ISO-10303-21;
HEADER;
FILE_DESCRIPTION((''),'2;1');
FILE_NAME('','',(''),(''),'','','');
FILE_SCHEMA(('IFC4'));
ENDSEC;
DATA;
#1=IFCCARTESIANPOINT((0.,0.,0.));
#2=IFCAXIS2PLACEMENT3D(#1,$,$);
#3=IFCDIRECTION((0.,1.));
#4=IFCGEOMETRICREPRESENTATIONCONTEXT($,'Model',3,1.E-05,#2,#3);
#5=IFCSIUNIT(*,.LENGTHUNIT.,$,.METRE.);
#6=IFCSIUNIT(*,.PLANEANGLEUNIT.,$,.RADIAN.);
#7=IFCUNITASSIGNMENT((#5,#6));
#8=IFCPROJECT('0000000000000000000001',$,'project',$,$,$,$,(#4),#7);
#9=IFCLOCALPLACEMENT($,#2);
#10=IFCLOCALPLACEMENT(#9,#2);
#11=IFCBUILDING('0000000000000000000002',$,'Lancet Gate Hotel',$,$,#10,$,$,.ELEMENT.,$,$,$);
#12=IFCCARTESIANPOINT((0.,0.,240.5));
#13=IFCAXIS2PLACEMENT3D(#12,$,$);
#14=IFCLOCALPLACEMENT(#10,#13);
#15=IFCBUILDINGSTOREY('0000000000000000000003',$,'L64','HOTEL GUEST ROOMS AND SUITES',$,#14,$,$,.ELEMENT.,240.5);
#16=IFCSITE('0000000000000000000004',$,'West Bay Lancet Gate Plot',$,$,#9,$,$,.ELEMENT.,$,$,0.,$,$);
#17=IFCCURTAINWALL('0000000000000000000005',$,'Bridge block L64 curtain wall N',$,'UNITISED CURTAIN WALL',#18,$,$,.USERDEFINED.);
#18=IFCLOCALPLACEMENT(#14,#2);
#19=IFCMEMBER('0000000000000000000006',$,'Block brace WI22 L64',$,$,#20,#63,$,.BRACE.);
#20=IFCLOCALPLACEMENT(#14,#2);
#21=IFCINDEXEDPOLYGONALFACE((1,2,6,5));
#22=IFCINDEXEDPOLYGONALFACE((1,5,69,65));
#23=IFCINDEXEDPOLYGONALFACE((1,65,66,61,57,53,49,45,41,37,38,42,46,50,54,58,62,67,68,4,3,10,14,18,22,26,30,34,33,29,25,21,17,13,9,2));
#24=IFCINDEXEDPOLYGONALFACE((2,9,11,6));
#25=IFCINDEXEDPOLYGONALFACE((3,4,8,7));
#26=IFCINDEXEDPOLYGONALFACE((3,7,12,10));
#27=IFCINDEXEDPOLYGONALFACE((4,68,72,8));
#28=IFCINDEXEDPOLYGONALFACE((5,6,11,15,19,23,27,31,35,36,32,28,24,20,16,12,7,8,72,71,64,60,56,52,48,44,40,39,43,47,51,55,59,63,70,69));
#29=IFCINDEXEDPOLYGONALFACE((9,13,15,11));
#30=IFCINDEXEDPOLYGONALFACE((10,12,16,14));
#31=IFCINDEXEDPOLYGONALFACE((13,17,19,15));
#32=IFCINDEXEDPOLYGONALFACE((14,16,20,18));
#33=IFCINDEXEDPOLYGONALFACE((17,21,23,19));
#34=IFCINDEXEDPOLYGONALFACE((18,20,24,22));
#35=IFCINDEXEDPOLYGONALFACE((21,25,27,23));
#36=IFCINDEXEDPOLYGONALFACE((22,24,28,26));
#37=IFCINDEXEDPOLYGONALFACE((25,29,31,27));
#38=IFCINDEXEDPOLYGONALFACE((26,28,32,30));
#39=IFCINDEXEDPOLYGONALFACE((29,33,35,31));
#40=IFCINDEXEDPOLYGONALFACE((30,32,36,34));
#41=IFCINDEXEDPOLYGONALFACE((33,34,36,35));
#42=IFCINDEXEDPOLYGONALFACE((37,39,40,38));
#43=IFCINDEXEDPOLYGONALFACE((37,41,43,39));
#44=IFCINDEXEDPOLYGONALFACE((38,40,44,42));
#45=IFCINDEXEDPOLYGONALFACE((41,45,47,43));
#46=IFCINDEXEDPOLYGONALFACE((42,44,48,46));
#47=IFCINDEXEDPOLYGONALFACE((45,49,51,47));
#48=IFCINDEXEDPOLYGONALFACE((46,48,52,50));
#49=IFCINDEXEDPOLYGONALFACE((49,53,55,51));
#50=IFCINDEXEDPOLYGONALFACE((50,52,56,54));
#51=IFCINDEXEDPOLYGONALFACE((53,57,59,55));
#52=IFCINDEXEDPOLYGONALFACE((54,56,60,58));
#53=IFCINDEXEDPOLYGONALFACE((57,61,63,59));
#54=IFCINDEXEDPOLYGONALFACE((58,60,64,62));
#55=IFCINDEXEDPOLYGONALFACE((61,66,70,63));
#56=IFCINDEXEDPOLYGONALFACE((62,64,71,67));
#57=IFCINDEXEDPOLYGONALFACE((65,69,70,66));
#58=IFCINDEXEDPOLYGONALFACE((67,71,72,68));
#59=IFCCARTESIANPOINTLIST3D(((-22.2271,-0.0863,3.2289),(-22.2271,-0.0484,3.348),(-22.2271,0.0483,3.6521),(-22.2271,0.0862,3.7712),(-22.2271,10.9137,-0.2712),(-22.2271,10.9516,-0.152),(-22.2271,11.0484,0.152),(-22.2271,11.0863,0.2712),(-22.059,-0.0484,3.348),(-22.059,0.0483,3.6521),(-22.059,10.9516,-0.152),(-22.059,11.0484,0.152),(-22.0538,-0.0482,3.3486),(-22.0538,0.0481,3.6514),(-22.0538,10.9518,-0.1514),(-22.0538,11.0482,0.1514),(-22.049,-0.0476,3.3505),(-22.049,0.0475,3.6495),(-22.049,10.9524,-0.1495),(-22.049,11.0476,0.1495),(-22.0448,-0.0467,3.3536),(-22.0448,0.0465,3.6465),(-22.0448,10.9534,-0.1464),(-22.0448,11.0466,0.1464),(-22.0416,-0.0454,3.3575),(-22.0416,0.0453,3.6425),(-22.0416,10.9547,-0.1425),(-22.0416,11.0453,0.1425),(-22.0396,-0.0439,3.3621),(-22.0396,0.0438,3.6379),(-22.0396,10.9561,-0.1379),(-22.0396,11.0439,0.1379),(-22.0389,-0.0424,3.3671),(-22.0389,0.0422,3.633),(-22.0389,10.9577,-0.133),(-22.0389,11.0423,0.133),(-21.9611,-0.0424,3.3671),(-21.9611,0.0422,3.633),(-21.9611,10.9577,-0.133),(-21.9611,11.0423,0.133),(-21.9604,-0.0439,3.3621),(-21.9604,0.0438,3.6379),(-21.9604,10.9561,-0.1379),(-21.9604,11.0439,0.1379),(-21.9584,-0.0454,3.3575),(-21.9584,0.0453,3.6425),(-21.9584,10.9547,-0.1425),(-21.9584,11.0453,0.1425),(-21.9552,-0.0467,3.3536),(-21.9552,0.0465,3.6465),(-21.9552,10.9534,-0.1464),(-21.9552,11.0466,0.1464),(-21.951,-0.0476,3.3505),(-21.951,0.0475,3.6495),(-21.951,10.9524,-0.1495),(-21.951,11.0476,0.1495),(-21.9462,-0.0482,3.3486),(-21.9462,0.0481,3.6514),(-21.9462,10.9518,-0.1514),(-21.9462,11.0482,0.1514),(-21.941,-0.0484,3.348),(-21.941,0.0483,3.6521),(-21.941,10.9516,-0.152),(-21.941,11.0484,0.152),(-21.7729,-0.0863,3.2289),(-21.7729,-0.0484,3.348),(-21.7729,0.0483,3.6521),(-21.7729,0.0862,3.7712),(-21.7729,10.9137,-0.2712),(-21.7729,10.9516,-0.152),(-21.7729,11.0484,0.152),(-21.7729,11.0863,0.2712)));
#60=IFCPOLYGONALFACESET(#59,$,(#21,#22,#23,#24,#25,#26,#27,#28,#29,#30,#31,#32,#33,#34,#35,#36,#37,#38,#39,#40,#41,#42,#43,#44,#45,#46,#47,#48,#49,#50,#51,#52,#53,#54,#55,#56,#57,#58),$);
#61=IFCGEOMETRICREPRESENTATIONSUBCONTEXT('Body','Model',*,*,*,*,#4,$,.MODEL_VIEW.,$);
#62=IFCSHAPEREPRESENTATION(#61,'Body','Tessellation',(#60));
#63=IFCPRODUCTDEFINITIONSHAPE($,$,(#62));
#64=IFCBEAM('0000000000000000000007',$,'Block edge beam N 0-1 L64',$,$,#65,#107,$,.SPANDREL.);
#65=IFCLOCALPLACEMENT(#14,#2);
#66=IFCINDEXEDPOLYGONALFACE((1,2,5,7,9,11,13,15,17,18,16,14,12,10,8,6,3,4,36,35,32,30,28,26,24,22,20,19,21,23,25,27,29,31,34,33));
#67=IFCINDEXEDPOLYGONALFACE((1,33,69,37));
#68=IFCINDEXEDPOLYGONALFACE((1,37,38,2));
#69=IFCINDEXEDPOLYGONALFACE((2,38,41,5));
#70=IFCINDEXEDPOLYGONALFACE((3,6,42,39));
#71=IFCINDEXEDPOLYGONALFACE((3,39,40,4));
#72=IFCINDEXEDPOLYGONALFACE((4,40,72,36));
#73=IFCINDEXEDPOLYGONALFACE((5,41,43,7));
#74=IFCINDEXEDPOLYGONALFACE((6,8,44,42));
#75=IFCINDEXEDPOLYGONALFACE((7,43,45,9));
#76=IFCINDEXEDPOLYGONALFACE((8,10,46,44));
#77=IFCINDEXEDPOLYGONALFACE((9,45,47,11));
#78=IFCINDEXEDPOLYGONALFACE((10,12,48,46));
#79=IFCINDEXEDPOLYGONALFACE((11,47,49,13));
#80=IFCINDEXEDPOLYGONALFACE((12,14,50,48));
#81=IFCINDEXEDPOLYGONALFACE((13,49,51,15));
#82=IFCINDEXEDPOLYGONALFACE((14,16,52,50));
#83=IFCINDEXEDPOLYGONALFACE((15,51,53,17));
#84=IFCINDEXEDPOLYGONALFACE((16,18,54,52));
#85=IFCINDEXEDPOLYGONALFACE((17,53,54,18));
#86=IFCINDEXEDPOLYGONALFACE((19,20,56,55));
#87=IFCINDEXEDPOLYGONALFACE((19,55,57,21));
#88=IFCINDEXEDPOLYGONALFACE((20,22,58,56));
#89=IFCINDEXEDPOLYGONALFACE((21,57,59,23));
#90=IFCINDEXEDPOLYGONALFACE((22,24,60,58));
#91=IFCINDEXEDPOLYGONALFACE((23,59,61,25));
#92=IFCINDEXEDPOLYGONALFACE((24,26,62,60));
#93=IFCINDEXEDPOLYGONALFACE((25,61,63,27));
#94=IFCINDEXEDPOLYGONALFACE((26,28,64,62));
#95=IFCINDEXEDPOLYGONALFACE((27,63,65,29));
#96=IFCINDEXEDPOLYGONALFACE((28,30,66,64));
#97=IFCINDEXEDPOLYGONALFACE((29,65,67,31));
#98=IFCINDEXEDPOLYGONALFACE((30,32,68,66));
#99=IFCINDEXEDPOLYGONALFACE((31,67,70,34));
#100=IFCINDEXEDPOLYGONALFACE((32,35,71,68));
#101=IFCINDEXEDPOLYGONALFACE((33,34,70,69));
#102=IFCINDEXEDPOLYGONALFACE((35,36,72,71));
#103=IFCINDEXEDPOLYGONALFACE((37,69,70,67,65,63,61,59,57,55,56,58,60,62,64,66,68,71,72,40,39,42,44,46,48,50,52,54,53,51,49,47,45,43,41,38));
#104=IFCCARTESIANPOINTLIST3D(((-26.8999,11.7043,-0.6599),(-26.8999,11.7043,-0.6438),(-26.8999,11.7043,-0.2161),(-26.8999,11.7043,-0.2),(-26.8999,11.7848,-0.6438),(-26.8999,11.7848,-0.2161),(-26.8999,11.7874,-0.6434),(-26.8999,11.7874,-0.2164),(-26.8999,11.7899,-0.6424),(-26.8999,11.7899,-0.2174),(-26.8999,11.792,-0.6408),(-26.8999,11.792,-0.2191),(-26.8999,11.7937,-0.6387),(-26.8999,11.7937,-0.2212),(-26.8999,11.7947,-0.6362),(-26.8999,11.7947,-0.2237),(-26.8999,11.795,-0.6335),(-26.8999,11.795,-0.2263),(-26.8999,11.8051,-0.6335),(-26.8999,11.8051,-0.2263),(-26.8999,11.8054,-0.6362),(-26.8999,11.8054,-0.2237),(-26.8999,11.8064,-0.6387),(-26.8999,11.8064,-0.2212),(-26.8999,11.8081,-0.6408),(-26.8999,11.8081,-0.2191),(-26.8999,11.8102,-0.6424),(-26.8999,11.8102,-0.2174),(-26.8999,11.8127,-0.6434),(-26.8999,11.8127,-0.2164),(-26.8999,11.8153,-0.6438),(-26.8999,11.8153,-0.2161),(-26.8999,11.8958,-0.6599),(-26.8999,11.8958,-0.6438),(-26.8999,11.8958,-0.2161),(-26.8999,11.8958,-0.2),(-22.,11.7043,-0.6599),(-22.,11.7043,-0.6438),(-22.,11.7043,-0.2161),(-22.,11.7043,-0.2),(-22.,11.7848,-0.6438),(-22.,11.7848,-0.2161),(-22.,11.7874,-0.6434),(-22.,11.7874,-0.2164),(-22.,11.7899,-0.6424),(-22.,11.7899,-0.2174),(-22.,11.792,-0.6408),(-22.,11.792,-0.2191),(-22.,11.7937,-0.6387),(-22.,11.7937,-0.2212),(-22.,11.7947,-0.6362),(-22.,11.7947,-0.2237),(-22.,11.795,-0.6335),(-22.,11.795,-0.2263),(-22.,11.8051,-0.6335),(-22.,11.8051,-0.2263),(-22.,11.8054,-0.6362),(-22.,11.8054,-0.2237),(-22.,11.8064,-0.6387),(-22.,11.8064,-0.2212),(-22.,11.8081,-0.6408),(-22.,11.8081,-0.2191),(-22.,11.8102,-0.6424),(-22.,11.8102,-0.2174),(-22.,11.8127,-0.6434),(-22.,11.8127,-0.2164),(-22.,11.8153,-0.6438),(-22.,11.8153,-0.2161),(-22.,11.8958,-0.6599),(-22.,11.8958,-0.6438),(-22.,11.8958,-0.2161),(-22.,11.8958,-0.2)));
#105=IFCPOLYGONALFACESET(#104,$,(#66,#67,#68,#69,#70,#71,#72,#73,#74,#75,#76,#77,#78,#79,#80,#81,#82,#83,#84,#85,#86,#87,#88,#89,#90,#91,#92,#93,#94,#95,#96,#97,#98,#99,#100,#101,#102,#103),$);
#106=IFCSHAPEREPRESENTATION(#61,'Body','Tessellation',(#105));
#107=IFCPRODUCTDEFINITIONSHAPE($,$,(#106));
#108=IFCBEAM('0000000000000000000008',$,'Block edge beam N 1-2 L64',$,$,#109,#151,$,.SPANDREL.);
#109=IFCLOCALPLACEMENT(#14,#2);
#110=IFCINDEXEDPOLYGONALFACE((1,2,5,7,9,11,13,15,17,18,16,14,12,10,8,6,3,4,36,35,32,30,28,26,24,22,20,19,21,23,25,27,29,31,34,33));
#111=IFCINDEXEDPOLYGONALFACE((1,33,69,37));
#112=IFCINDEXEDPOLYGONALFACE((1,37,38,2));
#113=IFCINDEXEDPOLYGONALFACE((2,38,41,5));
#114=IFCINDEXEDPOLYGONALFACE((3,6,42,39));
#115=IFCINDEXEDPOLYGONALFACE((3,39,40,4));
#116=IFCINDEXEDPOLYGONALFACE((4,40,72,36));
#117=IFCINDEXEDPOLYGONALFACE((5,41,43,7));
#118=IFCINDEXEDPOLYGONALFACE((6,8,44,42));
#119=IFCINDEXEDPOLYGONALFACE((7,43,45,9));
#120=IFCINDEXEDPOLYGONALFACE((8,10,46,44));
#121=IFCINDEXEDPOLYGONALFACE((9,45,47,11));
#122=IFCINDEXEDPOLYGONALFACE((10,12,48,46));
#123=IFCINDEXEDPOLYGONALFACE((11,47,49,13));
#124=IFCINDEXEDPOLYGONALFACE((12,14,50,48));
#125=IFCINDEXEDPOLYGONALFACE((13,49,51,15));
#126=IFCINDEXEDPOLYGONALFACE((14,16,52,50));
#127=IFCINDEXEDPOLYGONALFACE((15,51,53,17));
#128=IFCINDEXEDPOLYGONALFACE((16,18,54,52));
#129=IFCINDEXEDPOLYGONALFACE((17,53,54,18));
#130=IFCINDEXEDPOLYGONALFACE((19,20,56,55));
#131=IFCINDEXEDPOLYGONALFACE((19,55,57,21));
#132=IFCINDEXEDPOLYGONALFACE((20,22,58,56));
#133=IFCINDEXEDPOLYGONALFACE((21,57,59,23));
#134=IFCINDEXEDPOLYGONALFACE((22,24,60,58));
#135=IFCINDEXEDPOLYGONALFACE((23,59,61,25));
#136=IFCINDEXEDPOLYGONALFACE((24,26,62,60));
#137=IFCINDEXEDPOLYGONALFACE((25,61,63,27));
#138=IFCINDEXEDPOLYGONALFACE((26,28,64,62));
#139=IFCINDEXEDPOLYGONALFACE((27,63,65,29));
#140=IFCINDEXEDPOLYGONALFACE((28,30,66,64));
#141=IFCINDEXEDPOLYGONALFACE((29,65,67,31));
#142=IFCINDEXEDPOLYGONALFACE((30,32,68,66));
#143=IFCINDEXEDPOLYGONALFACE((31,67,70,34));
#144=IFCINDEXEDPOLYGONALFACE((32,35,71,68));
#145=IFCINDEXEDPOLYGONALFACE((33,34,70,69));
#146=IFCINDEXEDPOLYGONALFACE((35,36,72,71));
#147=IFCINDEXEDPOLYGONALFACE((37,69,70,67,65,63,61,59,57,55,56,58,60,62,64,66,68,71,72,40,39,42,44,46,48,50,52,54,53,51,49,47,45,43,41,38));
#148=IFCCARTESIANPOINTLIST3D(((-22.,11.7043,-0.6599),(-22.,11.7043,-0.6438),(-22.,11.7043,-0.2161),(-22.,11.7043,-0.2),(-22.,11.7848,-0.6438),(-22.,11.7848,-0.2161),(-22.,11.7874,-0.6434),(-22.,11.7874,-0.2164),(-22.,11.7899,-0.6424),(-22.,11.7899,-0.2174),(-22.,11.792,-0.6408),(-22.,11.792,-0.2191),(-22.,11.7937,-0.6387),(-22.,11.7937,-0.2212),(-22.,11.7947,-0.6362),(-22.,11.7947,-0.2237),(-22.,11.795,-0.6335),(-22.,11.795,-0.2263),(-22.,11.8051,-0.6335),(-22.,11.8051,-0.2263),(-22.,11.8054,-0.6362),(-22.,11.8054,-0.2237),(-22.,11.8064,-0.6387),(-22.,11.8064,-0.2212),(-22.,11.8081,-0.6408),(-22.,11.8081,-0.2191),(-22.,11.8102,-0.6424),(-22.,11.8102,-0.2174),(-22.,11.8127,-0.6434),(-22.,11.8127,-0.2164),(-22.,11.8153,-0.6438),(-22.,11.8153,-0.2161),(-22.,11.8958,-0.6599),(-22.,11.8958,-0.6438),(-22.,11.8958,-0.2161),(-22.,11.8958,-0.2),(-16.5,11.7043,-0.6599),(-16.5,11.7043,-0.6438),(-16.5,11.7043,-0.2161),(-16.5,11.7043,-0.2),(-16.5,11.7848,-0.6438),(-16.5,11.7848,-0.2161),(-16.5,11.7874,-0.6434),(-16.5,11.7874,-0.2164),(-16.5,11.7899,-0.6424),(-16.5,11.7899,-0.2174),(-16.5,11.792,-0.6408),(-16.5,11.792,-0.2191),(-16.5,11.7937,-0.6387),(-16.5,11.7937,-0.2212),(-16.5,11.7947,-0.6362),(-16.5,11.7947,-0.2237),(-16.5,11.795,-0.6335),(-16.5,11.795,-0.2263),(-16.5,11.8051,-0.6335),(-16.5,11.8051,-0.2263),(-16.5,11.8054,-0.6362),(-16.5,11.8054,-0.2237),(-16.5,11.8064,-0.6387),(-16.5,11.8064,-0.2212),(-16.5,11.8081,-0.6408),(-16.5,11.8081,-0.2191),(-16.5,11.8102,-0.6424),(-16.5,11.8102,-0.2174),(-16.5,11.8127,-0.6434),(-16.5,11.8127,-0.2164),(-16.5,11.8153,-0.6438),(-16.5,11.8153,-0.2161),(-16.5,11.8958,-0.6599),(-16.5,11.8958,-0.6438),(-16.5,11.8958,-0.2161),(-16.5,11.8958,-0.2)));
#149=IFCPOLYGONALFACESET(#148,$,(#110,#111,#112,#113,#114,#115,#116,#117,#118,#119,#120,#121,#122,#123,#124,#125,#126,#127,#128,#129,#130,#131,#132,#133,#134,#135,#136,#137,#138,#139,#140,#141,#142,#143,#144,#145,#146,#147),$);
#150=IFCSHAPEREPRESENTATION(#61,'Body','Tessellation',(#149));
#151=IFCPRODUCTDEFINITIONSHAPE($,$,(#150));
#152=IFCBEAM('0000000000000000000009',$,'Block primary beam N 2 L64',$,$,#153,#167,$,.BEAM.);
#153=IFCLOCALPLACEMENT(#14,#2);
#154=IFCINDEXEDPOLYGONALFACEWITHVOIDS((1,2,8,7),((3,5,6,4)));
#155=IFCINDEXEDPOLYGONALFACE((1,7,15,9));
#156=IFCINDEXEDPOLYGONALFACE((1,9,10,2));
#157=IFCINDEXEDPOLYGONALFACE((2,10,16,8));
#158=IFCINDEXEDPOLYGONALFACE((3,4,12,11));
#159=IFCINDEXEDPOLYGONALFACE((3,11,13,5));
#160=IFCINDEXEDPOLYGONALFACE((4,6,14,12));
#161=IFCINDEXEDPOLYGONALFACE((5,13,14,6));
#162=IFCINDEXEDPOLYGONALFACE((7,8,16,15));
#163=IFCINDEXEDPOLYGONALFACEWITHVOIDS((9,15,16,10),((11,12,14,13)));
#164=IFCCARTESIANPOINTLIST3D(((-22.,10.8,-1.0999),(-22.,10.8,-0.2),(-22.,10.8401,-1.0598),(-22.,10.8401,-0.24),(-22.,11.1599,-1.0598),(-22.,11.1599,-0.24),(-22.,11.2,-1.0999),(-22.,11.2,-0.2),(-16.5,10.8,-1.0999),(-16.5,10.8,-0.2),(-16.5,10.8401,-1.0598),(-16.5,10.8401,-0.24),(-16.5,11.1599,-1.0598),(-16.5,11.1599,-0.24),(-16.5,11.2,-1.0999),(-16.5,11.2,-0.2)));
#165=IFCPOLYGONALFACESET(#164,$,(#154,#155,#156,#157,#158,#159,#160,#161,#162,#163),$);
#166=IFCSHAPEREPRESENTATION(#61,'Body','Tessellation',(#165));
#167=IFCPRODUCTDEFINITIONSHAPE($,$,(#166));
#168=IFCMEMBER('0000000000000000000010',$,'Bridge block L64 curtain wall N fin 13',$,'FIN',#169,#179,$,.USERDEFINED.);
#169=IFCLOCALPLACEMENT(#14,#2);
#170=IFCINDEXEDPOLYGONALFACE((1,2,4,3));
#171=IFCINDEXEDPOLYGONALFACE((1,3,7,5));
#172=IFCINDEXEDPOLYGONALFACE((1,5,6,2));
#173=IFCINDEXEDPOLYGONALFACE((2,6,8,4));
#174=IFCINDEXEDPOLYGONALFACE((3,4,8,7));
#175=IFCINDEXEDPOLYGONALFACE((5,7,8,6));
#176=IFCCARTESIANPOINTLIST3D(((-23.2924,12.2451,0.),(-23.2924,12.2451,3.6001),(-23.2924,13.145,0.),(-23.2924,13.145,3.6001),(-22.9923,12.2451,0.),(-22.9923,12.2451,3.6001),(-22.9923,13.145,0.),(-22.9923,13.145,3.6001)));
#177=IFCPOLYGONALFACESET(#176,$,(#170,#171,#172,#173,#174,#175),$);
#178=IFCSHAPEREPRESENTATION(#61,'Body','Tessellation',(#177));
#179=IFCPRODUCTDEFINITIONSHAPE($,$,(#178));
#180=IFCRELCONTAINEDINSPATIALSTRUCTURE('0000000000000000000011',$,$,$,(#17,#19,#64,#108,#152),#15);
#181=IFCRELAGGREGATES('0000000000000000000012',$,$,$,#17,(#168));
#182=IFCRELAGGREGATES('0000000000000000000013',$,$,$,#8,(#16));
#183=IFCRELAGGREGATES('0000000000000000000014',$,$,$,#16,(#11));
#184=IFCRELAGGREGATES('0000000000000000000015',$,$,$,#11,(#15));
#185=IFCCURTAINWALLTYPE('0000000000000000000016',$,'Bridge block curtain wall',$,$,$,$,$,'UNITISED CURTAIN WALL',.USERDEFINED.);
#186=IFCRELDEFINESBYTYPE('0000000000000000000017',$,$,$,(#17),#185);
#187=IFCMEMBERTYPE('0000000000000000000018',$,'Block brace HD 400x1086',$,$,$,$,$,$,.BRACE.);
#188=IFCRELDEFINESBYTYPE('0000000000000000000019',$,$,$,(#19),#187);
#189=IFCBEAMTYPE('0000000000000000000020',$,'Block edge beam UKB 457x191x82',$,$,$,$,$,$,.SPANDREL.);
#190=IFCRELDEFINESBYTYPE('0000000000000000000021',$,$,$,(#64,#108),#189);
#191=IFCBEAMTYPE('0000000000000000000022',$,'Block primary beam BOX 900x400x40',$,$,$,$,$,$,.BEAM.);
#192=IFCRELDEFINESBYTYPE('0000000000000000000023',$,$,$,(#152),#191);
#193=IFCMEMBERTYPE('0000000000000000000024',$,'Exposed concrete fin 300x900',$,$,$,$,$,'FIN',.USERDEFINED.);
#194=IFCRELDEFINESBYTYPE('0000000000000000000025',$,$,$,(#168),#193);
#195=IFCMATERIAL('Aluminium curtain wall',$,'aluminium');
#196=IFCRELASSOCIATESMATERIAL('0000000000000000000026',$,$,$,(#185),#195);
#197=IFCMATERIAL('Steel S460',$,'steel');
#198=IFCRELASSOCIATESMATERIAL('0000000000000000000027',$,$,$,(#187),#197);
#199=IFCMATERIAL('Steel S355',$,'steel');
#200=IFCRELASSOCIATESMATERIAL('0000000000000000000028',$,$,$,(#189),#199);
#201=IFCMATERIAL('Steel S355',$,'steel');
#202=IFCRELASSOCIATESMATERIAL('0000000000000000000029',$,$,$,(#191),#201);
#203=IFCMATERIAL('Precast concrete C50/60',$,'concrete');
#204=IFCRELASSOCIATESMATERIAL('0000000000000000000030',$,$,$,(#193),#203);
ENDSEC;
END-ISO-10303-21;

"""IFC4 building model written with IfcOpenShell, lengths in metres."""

from ifc_helpers import new_model, si_unit, direction, frame, origin, origin_2d, place, context, subcontext, project, spatial, rectangle, hollow_rectangle, i_section, extrude, material, material_profile, profile_set, type_object, element, aggregate, save


model = new_model("IFC4")

# Units and contexts
model_context = context("Model", 3, precision=1e-05, world=origin(), true_north=direction((0.0, 1.0)))
body_context = subcontext(model_context, "Body", "Model", "MODEL_VIEW")
ifc_project = project(units=[si_unit("LENGTHUNIT", "METRE"), si_unit("PLANEANGLEUNIT", "RADIAN")], contexts=[model_context])

# Site, building, storey
site_placement = place(None, origin())
site = spatial("IfcSite", under=ifc_project, at=site_placement, Name="West Bay Lancet Gate Plot", CompositionType="ELEMENT", RefElevation=0.0)
building_placement = place(site_placement, origin())
building = spatial("IfcBuilding", under=site, at=building_placement, Name="Lancet Gate Hotel", CompositionType="ELEMENT")
storey_placement = place(building_placement, frame((0.0, 0.0, 240.5)))
storey = spatial("IfcBuildingStorey", under=building, at=storey_placement, Name="L64", Description="HOTEL GUEST ROOMS AND SUITES", CompositionType="ELEMENT", Elevation=240.5)

# Curtain wall
ifc_material_1 = material(Name="Aluminium curtain wall", Category="aluminium")
curtain_wall_type_1 = type_object("IfcCurtainWallType", Name="Bridge block curtain wall", ElementType="UNITISED CURTAIN WALL", PredefinedType="USERDEFINED", material=ifc_material_1)
curtain_wall_1_placement = place(storey_placement, origin())
curtain_wall_1 = element("IfcCurtainWall", 1, at=curtain_wall_1_placement, inside=storey, type_object=curtain_wall_type_1, Name="Bridge block L64 curtain wall N", ObjectType="UNITISED CURTAIN WALL", PredefinedType="USERDEFINED")

# Member
ifc_material_2 = material(Name="Steel S460", Category="steel")
ifc_material_profile_1 = material_profile(ifc_material_2, i_section(OverallWidth=0.4541, OverallDepth=0.5691, WebThickness=0.0779, FlangeThickness=0.125, FilletRadius=0.02, at=origin_2d()), Name="HD 400x1086")
ifc_profile_set_1 = profile_set([ifc_material_profile_1], Name="Steel S460")
member_type_1 = type_object("IfcMemberType", Name="Block brace HD 400x1086", PredefinedType="BRACE", material=ifc_profile_set_1)
member_1_placement = place(storey_placement, frame((-22.0, 11.0, 0.0), z_axis=(0.0, -0.952926, 0.303204), x_axis=(1.0, 0.0, 0.0)))
element("IfcMember", 2, at=member_1_placement, inside=storey, type_object=member_type_1, Name="Block brace WI22 L64", PredefinedType="BRACE", context=body_context, shape_type="SweptSolid", body=[
    extrude(i_section(OverallWidth=0.4541, OverallDepth=0.5691, WebThickness=0.0779, FlangeThickness=0.125, FilletRadius=0.02, at=origin_2d()), origin(), (0.0, 0.0, 1.0), 11.5435),
])

# Beams
ifc_material_3 = material(Name="Steel S355", Category="steel")
ifc_material_profile_2 = material_profile(ifc_material_3, i_section(OverallWidth=0.1914, OverallDepth=0.46, WebThickness=0.01, FlangeThickness=0.0161, FilletRadius=0.0103, at=origin_2d()), Name="UKB 457x191x82")
ifc_profile_set_2 = profile_set([ifc_material_profile_2], Name="Steel S355")
beam_type_1 = type_object("IfcBeamType", Name="Block edge beam UKB 457x191x82", PredefinedType="SPANDREL", material=ifc_profile_set_2)
beam_1_placement = place(storey_placement, frame((-26.8999, 11.8, -0.4299), z_axis=(1.0, 0.0, 0.0), x_axis=(0.0, 1.0, 0.0)))
element("IfcBeam", 3, at=beam_1_placement, inside=storey, type_object=beam_type_1, Name="Block edge beam N 0-1 L64", PredefinedType="SPANDREL", context=body_context, shape_type="SweptSolid", body=[
    extrude(i_section(OverallWidth=0.1914, OverallDepth=0.46, WebThickness=0.01, FlangeThickness=0.0161, FilletRadius=0.0103, at=origin_2d()), origin(), (0.0, 0.0, 1.0), 4.8999),
])
beam_2_placement = place(storey_placement, frame((-22.0, 11.8, -0.4299), z_axis=(1.0, 0.0, 0.0), x_axis=(0.0, 1.0, 0.0)))
element("IfcBeam", 4, at=beam_2_placement, inside=storey, type_object=beam_type_1, Name="Block edge beam N 1-2 L64", PredefinedType="SPANDREL", context=body_context, shape_type="SweptSolid", body=[
    extrude(i_section(OverallWidth=0.1914, OverallDepth=0.46, WebThickness=0.01, FlangeThickness=0.0161, FilletRadius=0.0103, at=origin_2d()), origin(), (0.0, 0.0, 1.0), 5.5),
])
ifc_material_4 = material(Name="Steel S355", Category="steel")
ifc_material_profile_3 = material_profile(ifc_material_4, hollow_rectangle(XDim=0.3999, YDim=0.8999, WallThickness=0.04, at=origin_2d()), Name="BOX 900x400x40")
ifc_profile_set_3 = profile_set([ifc_material_profile_3], Name="Steel S355")
beam_type_2 = type_object("IfcBeamType", Name="Block primary beam BOX 900x400x40", PredefinedType="BEAM", material=ifc_profile_set_3)
beam_3_placement = place(storey_placement, frame((-22.0, 11.0, -0.6499), z_axis=(1.0, 0.0, 0.0), x_axis=(0.0, 1.0, 0.0)))
element("IfcBeam", 5, at=beam_3_placement, inside=storey, type_object=beam_type_2, Name="Block primary beam N 2 L64", PredefinedType="BEAM", context=body_context, shape_type="SweptSolid", body=[
    extrude(hollow_rectangle(XDim=0.3999, YDim=0.8999, WallThickness=0.04, at=origin_2d()), origin(), (0.0, 0.0, 1.0), 5.5),
])

# Member
ifc_material_5 = material(Name="Precast concrete C50/60", Category="concrete")
ifc_material_profile_4 = material_profile(ifc_material_5, rectangle(XDim=0.3, YDim=0.8999, at=origin_2d()), Name="FIN 300x900")
ifc_profile_set_4 = profile_set([ifc_material_profile_4], Name="Precast concrete C50/60")
member_type_2 = type_object("IfcMemberType", Name="Exposed concrete fin 300x900", ElementType="FIN", PredefinedType="USERDEFINED", material=ifc_profile_set_4)
member_2_placement = place(storey_placement, frame((-23.1423, 12.6951, 0.0), z_axis=(0.0, 0.0, 1.0), x_axis=(-1.0, 0.0, 0.0)))
member_2 = element("IfcMember", 6, at=member_2_placement, type_object=member_type_2, Name="Bridge block L64 curtain wall N fin 13", ObjectType="FIN", PredefinedType="USERDEFINED", context=body_context, shape_type="SweptSolid", body=[
    extrude(rectangle(XDim=0.3, YDim=0.8999, at=origin_2d()), origin(), (0.0, 0.0, 1.0), 3.6001),
])

aggregate(curtain_wall_1, [member_2])

save(model, "model.ifc")
